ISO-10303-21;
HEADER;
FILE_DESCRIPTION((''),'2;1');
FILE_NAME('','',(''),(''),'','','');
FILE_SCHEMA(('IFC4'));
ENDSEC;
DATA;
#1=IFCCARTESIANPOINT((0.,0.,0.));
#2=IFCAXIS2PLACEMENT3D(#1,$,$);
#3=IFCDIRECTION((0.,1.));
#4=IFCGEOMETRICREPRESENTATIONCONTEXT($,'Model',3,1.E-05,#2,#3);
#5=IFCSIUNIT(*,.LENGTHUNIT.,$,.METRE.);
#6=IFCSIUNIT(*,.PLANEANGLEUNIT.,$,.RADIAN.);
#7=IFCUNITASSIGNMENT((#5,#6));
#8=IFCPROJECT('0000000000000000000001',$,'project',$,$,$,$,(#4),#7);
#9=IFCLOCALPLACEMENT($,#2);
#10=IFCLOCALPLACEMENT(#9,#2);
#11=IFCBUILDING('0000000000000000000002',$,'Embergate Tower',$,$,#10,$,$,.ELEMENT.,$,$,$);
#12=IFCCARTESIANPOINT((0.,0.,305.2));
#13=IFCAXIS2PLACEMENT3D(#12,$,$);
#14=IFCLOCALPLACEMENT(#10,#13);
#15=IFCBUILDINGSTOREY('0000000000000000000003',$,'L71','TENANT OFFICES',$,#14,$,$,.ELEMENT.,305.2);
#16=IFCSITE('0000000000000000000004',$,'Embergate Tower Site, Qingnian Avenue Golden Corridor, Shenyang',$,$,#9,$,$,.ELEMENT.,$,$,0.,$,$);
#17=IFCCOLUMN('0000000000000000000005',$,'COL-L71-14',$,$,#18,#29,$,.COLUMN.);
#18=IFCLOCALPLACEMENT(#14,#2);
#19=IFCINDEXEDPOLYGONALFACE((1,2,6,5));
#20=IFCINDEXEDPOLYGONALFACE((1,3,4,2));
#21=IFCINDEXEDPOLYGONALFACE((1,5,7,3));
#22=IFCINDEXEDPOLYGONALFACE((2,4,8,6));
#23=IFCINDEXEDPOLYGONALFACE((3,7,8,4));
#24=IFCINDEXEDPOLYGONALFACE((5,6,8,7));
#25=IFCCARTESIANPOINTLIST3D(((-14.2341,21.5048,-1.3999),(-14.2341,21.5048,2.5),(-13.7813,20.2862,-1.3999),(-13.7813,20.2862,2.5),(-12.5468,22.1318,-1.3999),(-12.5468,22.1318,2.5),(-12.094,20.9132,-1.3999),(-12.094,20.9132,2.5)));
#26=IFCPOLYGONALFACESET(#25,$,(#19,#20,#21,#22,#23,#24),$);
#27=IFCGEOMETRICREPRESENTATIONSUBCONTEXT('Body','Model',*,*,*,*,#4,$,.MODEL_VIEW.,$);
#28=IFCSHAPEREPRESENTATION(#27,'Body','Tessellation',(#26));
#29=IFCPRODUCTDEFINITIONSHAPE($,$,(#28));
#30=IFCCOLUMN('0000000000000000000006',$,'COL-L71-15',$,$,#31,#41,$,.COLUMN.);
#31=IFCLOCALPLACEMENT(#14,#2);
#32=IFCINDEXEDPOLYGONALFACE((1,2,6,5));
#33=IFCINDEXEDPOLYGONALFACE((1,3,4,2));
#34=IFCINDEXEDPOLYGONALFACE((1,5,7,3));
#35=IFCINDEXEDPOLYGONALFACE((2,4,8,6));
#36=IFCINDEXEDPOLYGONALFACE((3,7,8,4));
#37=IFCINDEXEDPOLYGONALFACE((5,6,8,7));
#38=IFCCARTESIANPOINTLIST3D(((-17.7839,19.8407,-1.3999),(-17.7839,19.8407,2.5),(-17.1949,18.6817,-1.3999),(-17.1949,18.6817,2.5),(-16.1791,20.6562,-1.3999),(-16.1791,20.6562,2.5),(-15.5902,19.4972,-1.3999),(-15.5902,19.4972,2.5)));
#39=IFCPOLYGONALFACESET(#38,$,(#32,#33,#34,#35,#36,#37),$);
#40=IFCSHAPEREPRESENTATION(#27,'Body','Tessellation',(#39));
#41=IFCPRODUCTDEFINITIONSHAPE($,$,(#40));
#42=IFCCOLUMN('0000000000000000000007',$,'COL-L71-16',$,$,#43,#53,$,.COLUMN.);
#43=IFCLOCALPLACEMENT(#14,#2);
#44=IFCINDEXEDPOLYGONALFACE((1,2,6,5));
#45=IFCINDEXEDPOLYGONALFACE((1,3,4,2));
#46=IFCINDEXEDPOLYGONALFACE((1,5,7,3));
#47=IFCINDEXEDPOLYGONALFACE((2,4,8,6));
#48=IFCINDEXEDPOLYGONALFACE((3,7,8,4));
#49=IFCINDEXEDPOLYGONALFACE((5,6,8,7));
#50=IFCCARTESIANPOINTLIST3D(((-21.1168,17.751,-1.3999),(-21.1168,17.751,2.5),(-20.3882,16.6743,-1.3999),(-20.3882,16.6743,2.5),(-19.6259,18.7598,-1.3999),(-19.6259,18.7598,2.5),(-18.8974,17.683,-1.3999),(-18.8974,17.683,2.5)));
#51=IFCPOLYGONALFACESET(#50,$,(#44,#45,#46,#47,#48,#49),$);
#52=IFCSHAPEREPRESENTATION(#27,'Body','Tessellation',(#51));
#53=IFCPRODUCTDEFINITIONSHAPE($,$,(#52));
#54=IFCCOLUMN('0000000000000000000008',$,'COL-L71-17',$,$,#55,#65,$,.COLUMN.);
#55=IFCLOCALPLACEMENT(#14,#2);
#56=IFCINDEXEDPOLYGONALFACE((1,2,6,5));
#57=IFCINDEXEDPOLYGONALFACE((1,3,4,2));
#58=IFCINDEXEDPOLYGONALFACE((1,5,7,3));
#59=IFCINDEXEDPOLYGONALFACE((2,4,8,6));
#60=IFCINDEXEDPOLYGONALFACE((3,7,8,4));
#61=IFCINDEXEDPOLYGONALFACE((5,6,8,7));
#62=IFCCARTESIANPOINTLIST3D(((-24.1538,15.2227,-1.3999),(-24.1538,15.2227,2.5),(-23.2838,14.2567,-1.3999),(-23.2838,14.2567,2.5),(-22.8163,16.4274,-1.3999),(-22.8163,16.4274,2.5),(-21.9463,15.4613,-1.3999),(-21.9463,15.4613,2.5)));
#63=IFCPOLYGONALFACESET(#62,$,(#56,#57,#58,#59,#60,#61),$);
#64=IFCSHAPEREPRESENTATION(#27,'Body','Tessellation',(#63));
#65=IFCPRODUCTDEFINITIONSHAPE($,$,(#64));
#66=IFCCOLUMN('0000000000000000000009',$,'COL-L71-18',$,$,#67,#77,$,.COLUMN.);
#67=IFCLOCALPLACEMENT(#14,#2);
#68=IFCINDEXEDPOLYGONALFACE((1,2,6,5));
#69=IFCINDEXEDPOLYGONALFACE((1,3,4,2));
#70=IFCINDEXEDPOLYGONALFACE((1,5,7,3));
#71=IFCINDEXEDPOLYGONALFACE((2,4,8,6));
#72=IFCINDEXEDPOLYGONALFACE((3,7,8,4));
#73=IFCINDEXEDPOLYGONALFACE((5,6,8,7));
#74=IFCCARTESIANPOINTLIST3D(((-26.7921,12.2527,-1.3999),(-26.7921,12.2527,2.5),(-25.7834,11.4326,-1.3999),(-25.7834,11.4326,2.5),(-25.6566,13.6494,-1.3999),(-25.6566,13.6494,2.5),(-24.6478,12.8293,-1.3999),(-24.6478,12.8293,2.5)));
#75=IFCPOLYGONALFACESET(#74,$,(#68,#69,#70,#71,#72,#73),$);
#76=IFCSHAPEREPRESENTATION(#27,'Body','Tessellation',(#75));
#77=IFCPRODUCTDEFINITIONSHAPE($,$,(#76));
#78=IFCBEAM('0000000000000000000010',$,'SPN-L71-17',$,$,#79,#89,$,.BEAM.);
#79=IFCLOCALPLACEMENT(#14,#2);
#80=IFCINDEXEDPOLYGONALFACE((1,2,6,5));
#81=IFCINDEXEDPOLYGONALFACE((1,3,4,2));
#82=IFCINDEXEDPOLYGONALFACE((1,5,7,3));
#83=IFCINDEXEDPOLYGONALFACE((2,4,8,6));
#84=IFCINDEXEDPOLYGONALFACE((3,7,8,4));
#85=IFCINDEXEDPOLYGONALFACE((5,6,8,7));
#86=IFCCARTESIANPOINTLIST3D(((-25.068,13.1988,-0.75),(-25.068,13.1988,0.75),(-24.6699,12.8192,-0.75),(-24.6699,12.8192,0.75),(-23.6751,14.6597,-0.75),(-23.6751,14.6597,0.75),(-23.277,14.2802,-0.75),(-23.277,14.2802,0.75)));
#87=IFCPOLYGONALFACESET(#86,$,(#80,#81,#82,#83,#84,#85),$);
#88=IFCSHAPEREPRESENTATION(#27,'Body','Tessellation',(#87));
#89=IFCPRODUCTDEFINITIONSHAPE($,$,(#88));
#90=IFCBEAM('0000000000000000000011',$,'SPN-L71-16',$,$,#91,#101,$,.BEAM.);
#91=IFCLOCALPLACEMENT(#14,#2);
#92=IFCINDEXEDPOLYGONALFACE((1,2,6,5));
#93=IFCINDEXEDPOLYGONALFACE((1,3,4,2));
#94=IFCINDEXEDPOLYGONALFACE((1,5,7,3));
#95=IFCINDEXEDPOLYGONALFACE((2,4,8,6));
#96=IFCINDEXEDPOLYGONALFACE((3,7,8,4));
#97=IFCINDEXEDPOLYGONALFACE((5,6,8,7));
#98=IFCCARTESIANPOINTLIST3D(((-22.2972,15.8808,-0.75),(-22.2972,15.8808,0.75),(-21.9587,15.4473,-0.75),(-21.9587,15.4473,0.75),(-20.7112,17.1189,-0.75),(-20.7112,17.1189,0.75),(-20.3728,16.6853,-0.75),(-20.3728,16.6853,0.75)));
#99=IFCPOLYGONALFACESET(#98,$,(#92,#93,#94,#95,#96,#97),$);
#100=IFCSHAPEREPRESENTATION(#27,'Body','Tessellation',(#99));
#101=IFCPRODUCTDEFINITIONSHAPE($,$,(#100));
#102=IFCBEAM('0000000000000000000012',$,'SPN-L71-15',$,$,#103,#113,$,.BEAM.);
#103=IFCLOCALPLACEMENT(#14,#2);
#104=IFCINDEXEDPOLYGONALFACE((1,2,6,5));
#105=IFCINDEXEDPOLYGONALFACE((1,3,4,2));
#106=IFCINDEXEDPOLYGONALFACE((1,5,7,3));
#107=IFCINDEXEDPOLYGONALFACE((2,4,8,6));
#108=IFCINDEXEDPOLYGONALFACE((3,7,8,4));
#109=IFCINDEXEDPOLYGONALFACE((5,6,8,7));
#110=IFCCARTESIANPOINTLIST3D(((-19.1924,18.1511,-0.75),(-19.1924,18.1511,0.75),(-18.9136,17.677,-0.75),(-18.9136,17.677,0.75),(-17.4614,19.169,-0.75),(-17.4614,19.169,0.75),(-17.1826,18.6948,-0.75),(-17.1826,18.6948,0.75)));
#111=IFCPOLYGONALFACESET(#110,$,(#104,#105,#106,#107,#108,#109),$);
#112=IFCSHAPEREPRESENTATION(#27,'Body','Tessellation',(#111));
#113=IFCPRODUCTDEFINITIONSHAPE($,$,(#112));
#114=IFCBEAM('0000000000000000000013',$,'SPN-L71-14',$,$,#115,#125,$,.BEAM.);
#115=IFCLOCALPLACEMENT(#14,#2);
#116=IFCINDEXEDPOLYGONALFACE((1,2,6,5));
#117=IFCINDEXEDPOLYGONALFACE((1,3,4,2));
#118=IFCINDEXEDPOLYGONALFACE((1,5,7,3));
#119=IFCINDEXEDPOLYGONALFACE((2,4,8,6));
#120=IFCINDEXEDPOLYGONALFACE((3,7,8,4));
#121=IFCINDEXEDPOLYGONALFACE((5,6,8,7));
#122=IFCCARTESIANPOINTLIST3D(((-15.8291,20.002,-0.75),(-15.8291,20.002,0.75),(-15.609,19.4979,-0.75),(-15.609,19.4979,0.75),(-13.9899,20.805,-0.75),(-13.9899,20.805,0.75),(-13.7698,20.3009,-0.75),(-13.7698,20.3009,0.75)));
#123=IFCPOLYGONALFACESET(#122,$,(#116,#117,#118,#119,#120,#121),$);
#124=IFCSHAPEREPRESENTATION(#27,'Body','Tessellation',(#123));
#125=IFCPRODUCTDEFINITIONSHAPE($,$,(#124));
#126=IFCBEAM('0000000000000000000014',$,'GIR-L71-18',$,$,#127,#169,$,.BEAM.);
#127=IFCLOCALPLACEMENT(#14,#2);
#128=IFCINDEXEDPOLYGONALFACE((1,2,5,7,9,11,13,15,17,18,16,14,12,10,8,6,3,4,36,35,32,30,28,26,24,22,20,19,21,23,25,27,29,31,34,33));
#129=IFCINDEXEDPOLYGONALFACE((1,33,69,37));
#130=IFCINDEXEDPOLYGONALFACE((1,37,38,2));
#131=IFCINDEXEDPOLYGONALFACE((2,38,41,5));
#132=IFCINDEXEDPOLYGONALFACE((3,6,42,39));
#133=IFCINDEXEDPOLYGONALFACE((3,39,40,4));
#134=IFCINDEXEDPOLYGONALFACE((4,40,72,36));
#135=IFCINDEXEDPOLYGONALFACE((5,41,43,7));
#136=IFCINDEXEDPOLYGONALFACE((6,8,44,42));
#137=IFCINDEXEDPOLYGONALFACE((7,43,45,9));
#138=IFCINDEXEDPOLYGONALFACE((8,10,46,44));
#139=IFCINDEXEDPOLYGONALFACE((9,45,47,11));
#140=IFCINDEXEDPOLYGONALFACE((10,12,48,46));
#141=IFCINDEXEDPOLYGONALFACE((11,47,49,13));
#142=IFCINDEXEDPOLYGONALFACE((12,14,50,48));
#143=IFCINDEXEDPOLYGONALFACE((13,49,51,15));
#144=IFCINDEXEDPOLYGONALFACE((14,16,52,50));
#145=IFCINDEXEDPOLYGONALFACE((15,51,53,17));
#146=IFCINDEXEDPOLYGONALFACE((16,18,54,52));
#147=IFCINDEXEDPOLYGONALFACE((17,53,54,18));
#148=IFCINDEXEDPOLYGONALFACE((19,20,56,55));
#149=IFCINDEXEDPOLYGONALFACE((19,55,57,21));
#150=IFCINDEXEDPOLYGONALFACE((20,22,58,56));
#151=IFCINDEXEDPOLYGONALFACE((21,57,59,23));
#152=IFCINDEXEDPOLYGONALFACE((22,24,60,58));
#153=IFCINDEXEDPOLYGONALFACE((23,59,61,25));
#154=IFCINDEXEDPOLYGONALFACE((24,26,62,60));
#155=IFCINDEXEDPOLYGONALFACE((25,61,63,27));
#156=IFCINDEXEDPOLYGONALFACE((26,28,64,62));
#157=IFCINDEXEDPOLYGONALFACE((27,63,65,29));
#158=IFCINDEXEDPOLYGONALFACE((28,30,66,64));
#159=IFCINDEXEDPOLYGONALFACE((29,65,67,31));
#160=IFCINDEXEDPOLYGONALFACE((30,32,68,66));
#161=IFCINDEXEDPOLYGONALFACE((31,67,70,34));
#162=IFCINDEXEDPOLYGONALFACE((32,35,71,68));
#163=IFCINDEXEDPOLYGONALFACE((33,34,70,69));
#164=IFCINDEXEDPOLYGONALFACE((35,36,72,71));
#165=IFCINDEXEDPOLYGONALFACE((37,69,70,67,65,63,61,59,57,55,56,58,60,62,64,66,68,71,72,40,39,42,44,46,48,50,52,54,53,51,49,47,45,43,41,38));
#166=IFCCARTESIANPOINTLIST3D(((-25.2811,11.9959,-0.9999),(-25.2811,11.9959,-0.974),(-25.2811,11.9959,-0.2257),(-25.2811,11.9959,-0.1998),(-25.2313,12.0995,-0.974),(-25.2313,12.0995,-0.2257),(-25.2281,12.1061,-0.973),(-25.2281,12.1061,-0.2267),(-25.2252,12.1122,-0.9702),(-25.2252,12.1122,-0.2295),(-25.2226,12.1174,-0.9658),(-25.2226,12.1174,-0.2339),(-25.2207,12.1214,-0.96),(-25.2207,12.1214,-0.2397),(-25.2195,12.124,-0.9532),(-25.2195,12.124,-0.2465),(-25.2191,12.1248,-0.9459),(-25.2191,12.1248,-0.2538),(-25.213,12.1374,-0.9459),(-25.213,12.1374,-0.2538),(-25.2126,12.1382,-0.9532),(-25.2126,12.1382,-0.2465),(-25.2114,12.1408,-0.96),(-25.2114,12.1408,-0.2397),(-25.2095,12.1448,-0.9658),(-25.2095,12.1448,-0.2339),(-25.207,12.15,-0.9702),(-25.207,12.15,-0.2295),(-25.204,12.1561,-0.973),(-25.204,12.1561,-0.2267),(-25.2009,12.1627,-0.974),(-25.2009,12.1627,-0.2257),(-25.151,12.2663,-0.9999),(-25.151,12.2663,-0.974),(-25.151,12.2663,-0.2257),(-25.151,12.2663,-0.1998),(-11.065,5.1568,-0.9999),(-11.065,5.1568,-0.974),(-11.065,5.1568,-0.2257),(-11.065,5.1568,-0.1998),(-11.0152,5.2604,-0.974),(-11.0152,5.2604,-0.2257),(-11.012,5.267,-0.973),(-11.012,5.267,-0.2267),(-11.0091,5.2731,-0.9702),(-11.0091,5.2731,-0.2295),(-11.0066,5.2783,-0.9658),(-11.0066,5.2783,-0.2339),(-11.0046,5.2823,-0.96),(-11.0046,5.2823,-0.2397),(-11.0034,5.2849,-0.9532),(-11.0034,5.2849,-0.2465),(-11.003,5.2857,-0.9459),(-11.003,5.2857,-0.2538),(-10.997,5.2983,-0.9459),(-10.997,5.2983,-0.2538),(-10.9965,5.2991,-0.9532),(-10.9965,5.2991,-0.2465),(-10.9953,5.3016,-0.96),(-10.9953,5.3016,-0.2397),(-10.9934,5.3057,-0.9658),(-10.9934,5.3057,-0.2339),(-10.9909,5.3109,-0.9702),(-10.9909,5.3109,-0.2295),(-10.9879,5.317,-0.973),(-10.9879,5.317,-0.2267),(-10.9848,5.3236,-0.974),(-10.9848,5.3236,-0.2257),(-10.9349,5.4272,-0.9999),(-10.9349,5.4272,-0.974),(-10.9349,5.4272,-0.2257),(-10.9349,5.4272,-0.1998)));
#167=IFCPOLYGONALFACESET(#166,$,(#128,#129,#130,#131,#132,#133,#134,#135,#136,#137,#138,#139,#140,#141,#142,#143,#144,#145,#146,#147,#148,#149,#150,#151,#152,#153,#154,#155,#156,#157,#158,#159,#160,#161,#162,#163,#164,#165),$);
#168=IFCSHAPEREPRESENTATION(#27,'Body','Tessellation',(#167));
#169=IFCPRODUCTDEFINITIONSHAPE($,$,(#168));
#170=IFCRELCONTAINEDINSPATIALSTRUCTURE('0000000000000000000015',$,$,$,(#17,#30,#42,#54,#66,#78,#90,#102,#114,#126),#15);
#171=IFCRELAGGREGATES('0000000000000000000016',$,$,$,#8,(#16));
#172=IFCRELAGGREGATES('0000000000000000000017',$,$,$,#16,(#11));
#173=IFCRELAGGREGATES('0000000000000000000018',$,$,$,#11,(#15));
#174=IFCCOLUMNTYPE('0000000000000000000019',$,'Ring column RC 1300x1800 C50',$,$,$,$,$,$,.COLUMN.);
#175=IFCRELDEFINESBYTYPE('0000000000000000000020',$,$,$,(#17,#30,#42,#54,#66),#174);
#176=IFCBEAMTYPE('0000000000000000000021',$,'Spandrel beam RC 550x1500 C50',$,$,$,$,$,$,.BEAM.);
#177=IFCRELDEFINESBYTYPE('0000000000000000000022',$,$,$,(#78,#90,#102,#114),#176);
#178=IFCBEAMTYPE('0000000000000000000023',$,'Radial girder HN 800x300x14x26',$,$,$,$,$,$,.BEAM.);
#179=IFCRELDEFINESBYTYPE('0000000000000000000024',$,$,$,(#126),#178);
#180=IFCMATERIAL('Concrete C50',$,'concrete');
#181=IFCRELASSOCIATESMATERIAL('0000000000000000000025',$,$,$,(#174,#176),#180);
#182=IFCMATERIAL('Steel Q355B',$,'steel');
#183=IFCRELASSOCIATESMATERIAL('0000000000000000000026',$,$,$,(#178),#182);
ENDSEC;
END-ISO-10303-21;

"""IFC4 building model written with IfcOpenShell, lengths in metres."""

from ifc_helpers import new_model, si_unit, direction, frame, origin, origin_2d, place, context, subcontext, project, spatial, rectangle, i_section, extrude, source, transform, mapped, material, material_profile, profile_set, type_object, element, save


model = new_model("IFC4")

# Units and contexts
model_context = context("Model", 3, precision=1e-05, world=origin(), true_north=direction((0.0, 1.0)))
body_context = subcontext(model_context, "Body", "Model", "MODEL_VIEW")
ifc_project = project(units=[si_unit("LENGTHUNIT", "METRE"), si_unit("PLANEANGLEUNIT", "RADIAN")], contexts=[model_context])

# Site, building, storey
site_placement = place(None, origin())
site = spatial("IfcSite", under=ifc_project, at=site_placement, Name="Embergate Tower Site, Qingnian Avenue Golden Corridor, Shenyang", CompositionType="ELEMENT", RefElevation=0.0)
building_placement = place(site_placement, origin())
building = spatial("IfcBuilding", under=site, at=building_placement, Name="Embergate Tower", CompositionType="ELEMENT")
storey_placement = place(building_placement, frame((0.0, 0.0, 305.2)))
storey = spatial("IfcBuildingStorey", under=building, at=storey_placement, Name="L71", Description="TENANT OFFICES", CompositionType="ELEMENT", Elevation=305.2)

# Columns
ifc_material_1 = material(Name="Concrete C50", Category="concrete")
ifc_material_profile_1 = material_profile(ifc_material_1, rectangle(XDim=1.3, YDim=1.8, at=origin_2d()), Name="RC 1300x1800")
ifc_profile_set_1 = profile_set([ifc_material_profile_1], Name="Concrete C50")
column_type = type_object("IfcColumnType", Name="Ring column RC 1300x1800 C50", PredefinedType="COLUMN", material=ifc_profile_set_1)
shared_shape_1 = source(origin(), body_context, "Body", "SweptSolid", [
    extrude(rectangle(XDim=1.3, YDim=1.8, at=origin_2d()), origin(), (0.0, 0.0, 1.0), 3.8999),
])
for number, where, z_axis, x_axis, name in (
    (1, (-13.1641, 21.209, -1.3999), (0.0, 0.0, 1.0), (-0.348343, 0.937367, 0.0), "COL-L71-14"),
    (2, (-16.687, 19.6689, -1.3999), (0.0, 0.0, 1.0), (-0.453011, 0.891505, 0.0), "COL-L71-15"),
    (3, (-20.0071, 17.717, -1.3999), (0.0, 0.0, 1.0), (-0.560393, 0.828227, 0.0), "COL-L71-16"),
    (4, (-23.05, 15.342, -1.3999), (0.0, 0.0, 1.0), (-0.669221, 0.743063, 0.0), "COL-L71-17"),
    (5, (-25.72, 12.541, -1.3999), (0.0, 0.0, 1.0), (-0.775925, 0.630825, 0.0), "COL-L71-18"),
):
    element("IfcColumn", number, at=place(storey_placement, frame(where, z_axis=z_axis, x_axis=x_axis)), inside=storey, type_object=column_type, Name=name, PredefinedType="COLUMN", context=body_context, shape_type="MappedRepresentation", body=[
        mapped(shared_shape_1, transform((0.0, 0.0, 0.0))),
    ])

# Beams
ifc_material_profile_2 = material_profile(ifc_material_1, rectangle(XDim=0.55, YDim=1.5, at=origin_2d()), Name="RC 550x1500")
ifc_profile_set_2 = profile_set([ifc_material_profile_2], Name="Concrete C50")
beam_type_1 = type_object("IfcBeamType", Name="Spandrel beam RC 550x1500 C50", PredefinedType="BEAM", material=ifc_profile_set_2)
shared_shape_2 = source(origin(), body_context, "Body", "SweptSolid", [
    extrude(rectangle(XDim=0.55, YDim=1.5, at=origin_2d()), origin(), (0.0, 0.0, 1.0), 2.0186),
])
beam_1_placement = place(storey_placement, frame((-23.4761, 14.47, 0.0), z_axis=(-0.690033, -0.723778, 0.0), x_axis=(0.723778, -0.690033, 0.0)))
element("IfcBeam", 6, at=beam_1_placement, inside=storey, type_object=beam_type_1, Name="SPN-L71-17", PredefinedType="BEAM", context=body_context, shape_type="MappedRepresentation", body=[
    mapped(shared_shape_2, transform((0.0, 0.0, 0.0))),
])
shared_shape_3 = source(origin(), body_context, "Body", "SweptSolid", [
    extrude(rectangle(XDim=0.55, YDim=1.5, at=origin_2d()), origin(), (0.0, 0.0, 1.0), 2.012),
])
beam_2_placement = place(storey_placement, frame((-20.542, 16.9021, 0.0), z_axis=(-0.78826, -0.615343, 0.0), x_axis=(0.615343, -0.78826, 0.0)))
element("IfcBeam", 7, at=beam_2_placement, inside=storey, type_object=beam_type_1, Name="SPN-L71-16", PredefinedType="BEAM", context=body_context, shape_type="MappedRepresentation", body=[
    mapped(shared_shape_3, transform((0.0, 0.0, 0.0))),
])
shared_shape_4 = source(origin(), body_context, "Body", "SweptSolid", [
    extrude(rectangle(XDim=0.55, YDim=1.5, at=origin_2d()), origin(), (0.0, 0.0, 1.0), 2.0081),
])
beam_3_placement = place(storey_placement, frame((-17.322, 18.9319, 0.0), z_axis=(-0.862019, -0.506877, 0.0), x_axis=(0.506877, -0.862019, 0.0)))
element("IfcBeam", 8, at=beam_3_placement, inside=storey, type_object=beam_type_1, Name="SPN-L71-15", PredefinedType="BEAM", context=body_context, shape_type="MappedRepresentation", body=[
    mapped(shared_shape_4, transform((0.0, 0.0, 0.0))),
])
shared_shape_5 = source(origin(), body_context, "Body", "SweptSolid", [
    extrude(rectangle(XDim=0.55, YDim=1.5, at=origin_2d()), origin(), (0.0, 0.0, 1.0), 2.0068),
])
beam_4_placement = place(storey_placement, frame((-13.8799, 20.553, 0.0), z_axis=(-0.916456, -0.400136, 0.0), x_axis=(0.400136, -0.916456, 0.0)))
element("IfcBeam", 9, at=beam_4_placement, inside=storey, type_object=beam_type_1, Name="SPN-L71-14", PredefinedType="BEAM", context=body_context, shape_type="MappedRepresentation", body=[
    mapped(shared_shape_5, transform((0.0, 0.0, 0.0))),
])
ifc_material_2 = material(Name="Steel Q355B", Category="steel")
ifc_material_profile_3 = material_profile(ifc_material_2, i_section(OverallWidth=0.3, OverallDepth=0.8, WebThickness=0.0139, FlangeThickness=0.0259, FilletRadius=0.0281, at=origin_2d()), Name="HN 800x300x14x26")
ifc_profile_set_3 = profile_set([ifc_material_profile_3], Name="Steel Q355 grade B")
beam_type_2 = type_object("IfcBeamType", Name="Radial girder HN 800x300x14x26", PredefinedType="BEAM", material=ifc_profile_set_3)
shared_shape_6 = source(origin(), body_context, "Body", "SweptSolid", [
    extrude(i_section(OverallWidth=0.3, OverallDepth=0.8, WebThickness=0.0139, FlangeThickness=0.0259, FilletRadius=0.0281, at=origin_2d()), origin(), (0.0, 0.0, 1.0), 15.7756),
])
beam_5_placement = place(storey_placement, frame((-25.2161, 12.1311, -0.5999), z_axis=(0.901142, -0.433524, 0.0), x_axis=(0.433524, 0.901142, 0.0)))
element("IfcBeam", 10, at=beam_5_placement, inside=storey, type_object=beam_type_2, Name="GIR-L71-18", PredefinedType="BEAM", context=body_context, shape_type="MappedRepresentation", body=[
    mapped(shared_shape_6, transform((0.0, 0.0, 0.0))),
])

save(model, "model.ifc")
